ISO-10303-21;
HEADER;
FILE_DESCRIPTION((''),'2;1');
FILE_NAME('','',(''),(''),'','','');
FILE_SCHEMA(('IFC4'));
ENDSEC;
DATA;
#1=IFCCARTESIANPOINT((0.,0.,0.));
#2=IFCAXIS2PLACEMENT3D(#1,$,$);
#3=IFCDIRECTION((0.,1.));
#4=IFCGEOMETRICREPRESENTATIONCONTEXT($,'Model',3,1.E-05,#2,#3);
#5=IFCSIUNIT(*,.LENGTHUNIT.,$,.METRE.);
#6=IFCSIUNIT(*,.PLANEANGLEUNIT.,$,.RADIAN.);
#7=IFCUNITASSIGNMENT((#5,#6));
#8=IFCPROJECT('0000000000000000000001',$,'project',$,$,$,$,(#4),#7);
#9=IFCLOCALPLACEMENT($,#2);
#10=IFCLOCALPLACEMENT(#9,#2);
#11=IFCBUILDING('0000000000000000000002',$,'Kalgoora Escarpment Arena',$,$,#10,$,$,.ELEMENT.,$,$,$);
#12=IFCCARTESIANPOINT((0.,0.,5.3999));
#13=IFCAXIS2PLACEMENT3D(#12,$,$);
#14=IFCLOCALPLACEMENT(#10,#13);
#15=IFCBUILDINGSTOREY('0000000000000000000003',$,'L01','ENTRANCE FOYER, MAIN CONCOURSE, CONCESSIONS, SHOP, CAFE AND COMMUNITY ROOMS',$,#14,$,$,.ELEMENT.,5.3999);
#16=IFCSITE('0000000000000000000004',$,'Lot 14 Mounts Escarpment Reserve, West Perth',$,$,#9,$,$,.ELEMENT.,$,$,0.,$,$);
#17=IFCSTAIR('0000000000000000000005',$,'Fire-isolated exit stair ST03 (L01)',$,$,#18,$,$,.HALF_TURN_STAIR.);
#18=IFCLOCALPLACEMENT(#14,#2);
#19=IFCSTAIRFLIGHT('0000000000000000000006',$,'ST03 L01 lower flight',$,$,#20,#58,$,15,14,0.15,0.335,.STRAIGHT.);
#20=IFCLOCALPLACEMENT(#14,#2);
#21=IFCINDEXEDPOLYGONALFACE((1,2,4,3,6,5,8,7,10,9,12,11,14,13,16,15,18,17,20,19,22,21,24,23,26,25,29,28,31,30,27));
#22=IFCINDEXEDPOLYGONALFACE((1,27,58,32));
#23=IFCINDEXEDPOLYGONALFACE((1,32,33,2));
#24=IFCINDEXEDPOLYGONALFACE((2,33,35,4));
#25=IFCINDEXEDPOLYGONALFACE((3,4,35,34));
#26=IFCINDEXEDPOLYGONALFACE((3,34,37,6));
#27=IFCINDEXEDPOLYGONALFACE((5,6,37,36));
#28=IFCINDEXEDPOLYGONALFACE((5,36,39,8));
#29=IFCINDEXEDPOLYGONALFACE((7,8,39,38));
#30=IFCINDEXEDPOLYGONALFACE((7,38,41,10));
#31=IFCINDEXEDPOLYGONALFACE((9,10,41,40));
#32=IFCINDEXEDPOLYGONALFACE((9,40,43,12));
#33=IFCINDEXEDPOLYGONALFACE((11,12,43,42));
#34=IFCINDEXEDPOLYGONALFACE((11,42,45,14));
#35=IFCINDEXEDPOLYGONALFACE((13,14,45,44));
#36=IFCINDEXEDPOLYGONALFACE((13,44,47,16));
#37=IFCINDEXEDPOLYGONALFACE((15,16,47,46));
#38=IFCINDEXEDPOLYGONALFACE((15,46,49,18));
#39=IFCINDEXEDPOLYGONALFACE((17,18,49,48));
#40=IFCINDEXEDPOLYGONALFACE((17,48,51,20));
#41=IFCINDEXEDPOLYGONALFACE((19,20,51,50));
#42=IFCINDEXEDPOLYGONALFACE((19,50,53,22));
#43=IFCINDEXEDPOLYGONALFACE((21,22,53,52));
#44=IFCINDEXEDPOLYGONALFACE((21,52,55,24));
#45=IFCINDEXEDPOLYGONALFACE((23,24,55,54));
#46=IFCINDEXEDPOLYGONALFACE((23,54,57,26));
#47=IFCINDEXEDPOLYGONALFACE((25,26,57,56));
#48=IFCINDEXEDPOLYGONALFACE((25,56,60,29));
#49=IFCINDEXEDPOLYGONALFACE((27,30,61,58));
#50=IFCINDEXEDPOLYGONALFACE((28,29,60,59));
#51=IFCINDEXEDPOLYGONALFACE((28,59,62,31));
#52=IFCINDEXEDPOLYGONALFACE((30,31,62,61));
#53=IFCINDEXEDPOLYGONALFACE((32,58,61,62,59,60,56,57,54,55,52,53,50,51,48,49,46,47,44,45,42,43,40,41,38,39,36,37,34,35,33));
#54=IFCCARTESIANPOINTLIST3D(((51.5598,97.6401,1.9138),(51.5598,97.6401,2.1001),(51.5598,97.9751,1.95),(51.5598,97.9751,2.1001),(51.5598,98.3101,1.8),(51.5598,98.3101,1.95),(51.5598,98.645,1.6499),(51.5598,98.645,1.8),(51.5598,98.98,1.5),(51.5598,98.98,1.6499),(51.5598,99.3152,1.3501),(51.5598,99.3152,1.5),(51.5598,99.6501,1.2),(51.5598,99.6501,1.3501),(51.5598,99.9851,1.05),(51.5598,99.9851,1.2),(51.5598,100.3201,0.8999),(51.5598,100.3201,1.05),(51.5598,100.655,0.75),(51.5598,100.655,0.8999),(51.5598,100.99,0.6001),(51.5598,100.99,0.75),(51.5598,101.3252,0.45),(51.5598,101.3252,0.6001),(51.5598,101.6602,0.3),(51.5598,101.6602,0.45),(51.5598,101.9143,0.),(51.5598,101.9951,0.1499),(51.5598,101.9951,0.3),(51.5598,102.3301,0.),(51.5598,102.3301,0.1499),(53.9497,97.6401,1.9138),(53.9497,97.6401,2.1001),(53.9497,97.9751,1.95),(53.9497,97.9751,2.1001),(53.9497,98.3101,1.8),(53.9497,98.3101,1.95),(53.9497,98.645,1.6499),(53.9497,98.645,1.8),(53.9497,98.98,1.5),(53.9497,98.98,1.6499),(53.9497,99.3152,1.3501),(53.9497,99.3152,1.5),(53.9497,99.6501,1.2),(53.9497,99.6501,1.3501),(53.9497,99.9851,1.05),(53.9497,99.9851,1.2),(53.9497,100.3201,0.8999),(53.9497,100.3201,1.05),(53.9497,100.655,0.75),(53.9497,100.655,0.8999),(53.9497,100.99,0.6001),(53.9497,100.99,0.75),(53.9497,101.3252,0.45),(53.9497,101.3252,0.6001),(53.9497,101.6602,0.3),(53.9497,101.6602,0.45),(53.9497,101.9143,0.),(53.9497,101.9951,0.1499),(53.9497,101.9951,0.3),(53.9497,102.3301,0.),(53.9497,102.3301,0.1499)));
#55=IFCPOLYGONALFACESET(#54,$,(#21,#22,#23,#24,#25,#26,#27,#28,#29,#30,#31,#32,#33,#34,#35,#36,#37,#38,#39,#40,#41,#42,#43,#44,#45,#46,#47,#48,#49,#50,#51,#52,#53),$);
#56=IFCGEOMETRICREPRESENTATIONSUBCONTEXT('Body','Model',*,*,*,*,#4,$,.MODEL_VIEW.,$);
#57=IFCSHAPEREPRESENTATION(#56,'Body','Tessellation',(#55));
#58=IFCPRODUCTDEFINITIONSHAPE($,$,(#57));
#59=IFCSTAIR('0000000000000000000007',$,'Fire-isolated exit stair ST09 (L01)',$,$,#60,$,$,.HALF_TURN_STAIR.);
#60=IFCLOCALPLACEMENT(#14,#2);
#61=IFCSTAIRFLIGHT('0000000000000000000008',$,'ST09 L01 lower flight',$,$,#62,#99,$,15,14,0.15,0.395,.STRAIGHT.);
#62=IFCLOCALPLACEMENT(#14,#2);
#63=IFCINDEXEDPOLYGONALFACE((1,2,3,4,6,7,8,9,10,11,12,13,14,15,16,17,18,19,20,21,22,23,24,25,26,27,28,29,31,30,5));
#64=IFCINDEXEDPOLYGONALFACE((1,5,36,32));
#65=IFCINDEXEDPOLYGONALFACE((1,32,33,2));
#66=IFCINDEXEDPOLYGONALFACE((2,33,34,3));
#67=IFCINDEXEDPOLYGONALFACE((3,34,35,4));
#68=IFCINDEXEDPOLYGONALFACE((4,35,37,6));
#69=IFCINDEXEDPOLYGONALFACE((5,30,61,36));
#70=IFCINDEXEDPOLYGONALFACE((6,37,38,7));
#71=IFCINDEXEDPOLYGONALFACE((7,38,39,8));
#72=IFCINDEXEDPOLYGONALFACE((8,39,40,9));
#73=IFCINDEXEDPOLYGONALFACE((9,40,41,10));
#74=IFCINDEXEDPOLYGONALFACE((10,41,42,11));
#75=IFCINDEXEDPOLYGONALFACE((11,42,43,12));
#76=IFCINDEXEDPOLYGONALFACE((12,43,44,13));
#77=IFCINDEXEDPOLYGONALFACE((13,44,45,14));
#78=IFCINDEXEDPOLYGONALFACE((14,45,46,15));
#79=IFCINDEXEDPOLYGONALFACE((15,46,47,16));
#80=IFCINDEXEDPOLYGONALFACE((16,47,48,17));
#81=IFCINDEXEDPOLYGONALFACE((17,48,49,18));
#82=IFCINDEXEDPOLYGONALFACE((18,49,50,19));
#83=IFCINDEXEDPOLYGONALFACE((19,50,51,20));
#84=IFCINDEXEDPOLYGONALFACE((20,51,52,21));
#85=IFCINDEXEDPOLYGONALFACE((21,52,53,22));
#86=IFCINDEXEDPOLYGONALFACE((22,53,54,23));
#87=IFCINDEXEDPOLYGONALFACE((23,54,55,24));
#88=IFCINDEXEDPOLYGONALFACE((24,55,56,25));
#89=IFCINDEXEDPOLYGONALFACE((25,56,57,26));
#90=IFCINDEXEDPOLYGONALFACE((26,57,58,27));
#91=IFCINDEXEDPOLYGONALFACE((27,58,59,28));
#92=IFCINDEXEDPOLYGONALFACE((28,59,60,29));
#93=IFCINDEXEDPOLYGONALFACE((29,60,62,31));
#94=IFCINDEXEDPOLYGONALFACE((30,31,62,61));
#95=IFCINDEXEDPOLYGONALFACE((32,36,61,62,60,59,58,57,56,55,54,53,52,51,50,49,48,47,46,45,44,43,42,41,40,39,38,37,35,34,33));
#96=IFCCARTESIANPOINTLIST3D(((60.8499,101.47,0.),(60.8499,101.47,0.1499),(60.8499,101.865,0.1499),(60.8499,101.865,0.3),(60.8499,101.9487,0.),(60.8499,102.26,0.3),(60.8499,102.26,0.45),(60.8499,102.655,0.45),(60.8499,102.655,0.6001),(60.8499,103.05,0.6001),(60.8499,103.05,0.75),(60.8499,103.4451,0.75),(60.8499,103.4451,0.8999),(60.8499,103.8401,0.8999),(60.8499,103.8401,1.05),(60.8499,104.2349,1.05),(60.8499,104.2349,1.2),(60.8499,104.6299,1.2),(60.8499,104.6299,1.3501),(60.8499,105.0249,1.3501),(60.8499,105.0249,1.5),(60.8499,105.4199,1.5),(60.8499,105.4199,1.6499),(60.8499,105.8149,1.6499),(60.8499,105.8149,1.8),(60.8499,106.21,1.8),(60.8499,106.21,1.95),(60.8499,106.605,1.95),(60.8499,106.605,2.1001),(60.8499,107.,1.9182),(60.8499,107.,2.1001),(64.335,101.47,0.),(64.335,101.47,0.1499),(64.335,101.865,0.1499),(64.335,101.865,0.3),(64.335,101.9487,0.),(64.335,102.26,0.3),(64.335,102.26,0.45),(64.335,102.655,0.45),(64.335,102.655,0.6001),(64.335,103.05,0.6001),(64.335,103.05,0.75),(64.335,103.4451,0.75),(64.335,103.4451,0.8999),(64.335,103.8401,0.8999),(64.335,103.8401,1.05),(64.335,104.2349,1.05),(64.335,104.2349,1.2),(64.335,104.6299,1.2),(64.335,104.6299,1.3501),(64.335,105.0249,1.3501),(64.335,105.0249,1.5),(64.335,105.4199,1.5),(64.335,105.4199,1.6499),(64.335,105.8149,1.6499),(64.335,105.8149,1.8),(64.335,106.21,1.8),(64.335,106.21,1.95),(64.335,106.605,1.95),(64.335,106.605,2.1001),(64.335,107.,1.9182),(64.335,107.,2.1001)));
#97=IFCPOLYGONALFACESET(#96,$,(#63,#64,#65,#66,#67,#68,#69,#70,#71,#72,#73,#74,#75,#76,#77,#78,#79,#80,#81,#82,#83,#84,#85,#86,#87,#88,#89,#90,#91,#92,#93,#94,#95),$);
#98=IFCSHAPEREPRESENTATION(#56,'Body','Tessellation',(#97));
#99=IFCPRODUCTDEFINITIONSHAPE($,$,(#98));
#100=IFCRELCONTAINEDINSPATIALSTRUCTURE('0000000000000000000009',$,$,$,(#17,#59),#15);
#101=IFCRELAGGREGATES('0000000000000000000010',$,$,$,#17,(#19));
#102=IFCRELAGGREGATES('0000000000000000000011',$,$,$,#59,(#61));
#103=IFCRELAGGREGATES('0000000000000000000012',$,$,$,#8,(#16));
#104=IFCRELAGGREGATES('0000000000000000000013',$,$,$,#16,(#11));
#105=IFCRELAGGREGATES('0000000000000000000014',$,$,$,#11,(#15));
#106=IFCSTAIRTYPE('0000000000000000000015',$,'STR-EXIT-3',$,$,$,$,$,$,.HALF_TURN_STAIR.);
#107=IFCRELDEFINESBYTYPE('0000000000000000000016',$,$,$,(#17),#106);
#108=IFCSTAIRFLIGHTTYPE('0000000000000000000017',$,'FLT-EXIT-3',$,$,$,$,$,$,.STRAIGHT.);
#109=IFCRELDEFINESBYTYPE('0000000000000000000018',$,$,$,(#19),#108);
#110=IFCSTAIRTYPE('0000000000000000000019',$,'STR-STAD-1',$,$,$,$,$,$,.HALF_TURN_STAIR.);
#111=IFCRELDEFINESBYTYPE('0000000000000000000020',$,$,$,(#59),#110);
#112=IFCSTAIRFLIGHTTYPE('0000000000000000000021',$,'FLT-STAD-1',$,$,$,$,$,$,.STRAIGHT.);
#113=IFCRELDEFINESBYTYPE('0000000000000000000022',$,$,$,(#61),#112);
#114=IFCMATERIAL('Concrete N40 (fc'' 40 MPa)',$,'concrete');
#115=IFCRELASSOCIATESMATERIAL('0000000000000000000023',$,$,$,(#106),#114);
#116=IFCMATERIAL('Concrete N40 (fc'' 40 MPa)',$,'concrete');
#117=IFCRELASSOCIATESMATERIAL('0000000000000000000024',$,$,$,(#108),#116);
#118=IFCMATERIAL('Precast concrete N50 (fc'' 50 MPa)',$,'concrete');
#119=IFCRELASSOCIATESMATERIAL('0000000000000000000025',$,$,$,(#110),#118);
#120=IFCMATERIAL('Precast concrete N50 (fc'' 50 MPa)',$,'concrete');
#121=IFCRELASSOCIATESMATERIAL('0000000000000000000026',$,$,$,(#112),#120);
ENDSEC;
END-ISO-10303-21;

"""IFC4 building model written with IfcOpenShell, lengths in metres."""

from ifc_helpers import new_model, si_unit, direction, frame, origin, place, context, subcontext, project, spatial, polyline, outline, extrude, material, type_object, element, aggregate, save


model = new_model("IFC4")

# Units and contexts
model_context = context("Model", 3, precision=1e-05, world=origin(), true_north=direction((0.0, 1.0)))
body_context = subcontext(model_context, "Body", "Model", "MODEL_VIEW")
ifc_project = project(units=[si_unit("LENGTHUNIT", "METRE"), si_unit("PLANEANGLEUNIT", "RADIAN")], contexts=[model_context])

# Site, building, storey
site_placement = place(None, origin())
site = spatial("IfcSite", under=ifc_project, at=site_placement, Name="Lot 14 Mounts Escarpment Reserve, West Perth", CompositionType="ELEMENT", RefElevation=0.0)
building_placement = place(site_placement, origin())
building = spatial("IfcBuilding", under=site, at=building_placement, Name="Kalgoora Escarpment Arena", CompositionType="ELEMENT")
storey_placement = place(building_placement, frame((0.0, 0.0, 5.3999)))
storey = spatial("IfcBuildingStorey", under=building, at=storey_placement, Name="L01", Description="ENTRANCE FOYER, MAIN CONCOURSE, CONCESSIONS, SHOP, CAFE AND COMMUNITY ROOMS", CompositionType="ELEMENT", Elevation=5.3999)

# Stairs, stair flights
ifc_material_1 = material(Name="Concrete N40 (fc' 40 MPa)", Category="concrete")
stair_type_1 = type_object("IfcStairType", Name="STR-EXIT-3", PredefinedType="HALF_TURN_STAIR", material=ifc_material_1)
stair_1_placement = place(storey_placement, origin())
stair_1 = element("IfcStair", 1, at=stair_1_placement, inside=storey, type_object=stair_type_1, Name="Fire-isolated exit stair ST03 (L01)", PredefinedType="HALF_TURN_STAIR")
ifc_material_2 = material(Name="Concrete N40 (fc' 40 MPa)", Category="concrete")
stair_flight_type_1 = type_object("IfcStairFlightType", Name="FLT-EXIT-3", PredefinedType="STRAIGHT", material=ifc_material_2)
stair_flight_1_placement = place(storey_placement, frame((52.7549, 102.3301, 0.0), z_axis=(0.0, 0.0, 1.0), x_axis=(0.0, -1.0, 0.0)))
stair_flight_1 = element("IfcStairFlight", 2, at=stair_flight_1_placement, type_object=stair_flight_type_1, Name="ST03 L01 lower flight", NumberOfRisers=15, NumberOfTreads=14, PredefinedType="STRAIGHT", RiserHeight=0.15, TreadLength=0.335, context=body_context, shape_type="SweptSolid", body=[
    extrude(outline(polyline([(0.0, 0.0), (0.0, 0.1499), (0.335, 0.1499), (0.335, 0.3), (0.6699, 0.3), (0.6699, 0.45), (1.0049, 0.45), (1.0049, 0.6001), (1.3401, 0.6001), (1.3401, 0.75), (1.675, 0.75), (1.675, 0.8999), (2.01, 0.8999), (2.01, 1.05), (2.345, 1.05), (2.345, 1.2), (2.6799, 1.2), (2.6799, 1.3501), (3.0149, 1.3501), (3.0149, 1.5), (3.3501, 1.5), (3.3501, 1.6499), (3.6851, 1.6499), (3.6851, 1.8), (4.02, 1.8), (4.02, 1.95), (4.355, 1.95), (4.355, 2.1001), (4.6899, 2.1001), (4.6899, 2.25), (4.6899, 1.9138), (0.4158, 0.0), (0.0, 0.0)])), frame((0.0, 1.1948, 0.0), z_axis=(0.0, -1.0, 0.0), x_axis=(1.0, 0.0, 0.0)), (0.0, 0.0, 1.0), 2.3899),
])
aggregate(stair_1, [stair_flight_1])
ifc_material_3 = material(Name="Precast concrete N50 (fc' 50 MPa)", Category="concrete")
stair_type_2 = type_object("IfcStairType", Name="STR-STAD-1", PredefinedType="HALF_TURN_STAIR", material=ifc_material_3)
stair_2_placement = place(storey_placement, origin())
stair_2 = element("IfcStair", 3, at=stair_2_placement, inside=storey, type_object=stair_type_2, Name="Fire-isolated exit stair ST09 (L01)", PredefinedType="HALF_TURN_STAIR")
ifc_material_4 = material(Name="Precast concrete N50 (fc' 50 MPa)", Category="concrete")
stair_flight_type_2 = type_object("IfcStairFlightType", Name="FLT-STAD-1", PredefinedType="STRAIGHT", material=ifc_material_4)
stair_flight_2_placement = place(storey_placement, frame((62.5925, 101.47, 0.0), z_axis=(0.0, 0.0, 1.0), x_axis=(0.0, 1.0, 0.0)))
stair_flight_2 = element("IfcStairFlight", 4, at=stair_flight_2_placement, type_object=stair_flight_type_2, Name="ST09 L01 lower flight", NumberOfRisers=15, NumberOfTreads=14, PredefinedType="STRAIGHT", RiserHeight=0.15, TreadLength=0.395, context=body_context, shape_type="SweptSolid", body=[
    extrude(outline(polyline([(0.0, 0.0), (0.0, 0.1499), (0.395, 0.1499), (0.395, 0.3), (0.79, 0.3), (0.79, 0.45), (1.1851, 0.45), (1.1851, 0.6001), (1.5801, 0.6001), (1.5801, 0.75), (1.9751, 0.75), (1.9751, 0.8999), (2.3701, 0.8999), (2.3701, 1.05), (2.7649, 1.05), (2.7649, 1.2), (3.1599, 1.2), (3.1599, 1.3501), (3.5549, 1.3501), (3.5549, 1.5), (3.95, 1.5), (3.95, 1.6499), (4.345, 1.6499), (4.345, 1.8), (4.74, 1.8), (4.74, 1.95), (5.135, 1.95), (5.135, 2.1001), (5.53, 2.1001), (5.53, 2.25), (5.53, 1.9182), (0.4788, 0.0), (0.0, 0.0)])), frame((0.0, 1.7427, 0.0), z_axis=(0.0, -1.0, 0.0), x_axis=(1.0, 0.0, 0.0)), (0.0, 0.0, 1.0), 3.4851),
])
aggregate(stair_2, [stair_flight_2])

save(model, "model.ifc")
